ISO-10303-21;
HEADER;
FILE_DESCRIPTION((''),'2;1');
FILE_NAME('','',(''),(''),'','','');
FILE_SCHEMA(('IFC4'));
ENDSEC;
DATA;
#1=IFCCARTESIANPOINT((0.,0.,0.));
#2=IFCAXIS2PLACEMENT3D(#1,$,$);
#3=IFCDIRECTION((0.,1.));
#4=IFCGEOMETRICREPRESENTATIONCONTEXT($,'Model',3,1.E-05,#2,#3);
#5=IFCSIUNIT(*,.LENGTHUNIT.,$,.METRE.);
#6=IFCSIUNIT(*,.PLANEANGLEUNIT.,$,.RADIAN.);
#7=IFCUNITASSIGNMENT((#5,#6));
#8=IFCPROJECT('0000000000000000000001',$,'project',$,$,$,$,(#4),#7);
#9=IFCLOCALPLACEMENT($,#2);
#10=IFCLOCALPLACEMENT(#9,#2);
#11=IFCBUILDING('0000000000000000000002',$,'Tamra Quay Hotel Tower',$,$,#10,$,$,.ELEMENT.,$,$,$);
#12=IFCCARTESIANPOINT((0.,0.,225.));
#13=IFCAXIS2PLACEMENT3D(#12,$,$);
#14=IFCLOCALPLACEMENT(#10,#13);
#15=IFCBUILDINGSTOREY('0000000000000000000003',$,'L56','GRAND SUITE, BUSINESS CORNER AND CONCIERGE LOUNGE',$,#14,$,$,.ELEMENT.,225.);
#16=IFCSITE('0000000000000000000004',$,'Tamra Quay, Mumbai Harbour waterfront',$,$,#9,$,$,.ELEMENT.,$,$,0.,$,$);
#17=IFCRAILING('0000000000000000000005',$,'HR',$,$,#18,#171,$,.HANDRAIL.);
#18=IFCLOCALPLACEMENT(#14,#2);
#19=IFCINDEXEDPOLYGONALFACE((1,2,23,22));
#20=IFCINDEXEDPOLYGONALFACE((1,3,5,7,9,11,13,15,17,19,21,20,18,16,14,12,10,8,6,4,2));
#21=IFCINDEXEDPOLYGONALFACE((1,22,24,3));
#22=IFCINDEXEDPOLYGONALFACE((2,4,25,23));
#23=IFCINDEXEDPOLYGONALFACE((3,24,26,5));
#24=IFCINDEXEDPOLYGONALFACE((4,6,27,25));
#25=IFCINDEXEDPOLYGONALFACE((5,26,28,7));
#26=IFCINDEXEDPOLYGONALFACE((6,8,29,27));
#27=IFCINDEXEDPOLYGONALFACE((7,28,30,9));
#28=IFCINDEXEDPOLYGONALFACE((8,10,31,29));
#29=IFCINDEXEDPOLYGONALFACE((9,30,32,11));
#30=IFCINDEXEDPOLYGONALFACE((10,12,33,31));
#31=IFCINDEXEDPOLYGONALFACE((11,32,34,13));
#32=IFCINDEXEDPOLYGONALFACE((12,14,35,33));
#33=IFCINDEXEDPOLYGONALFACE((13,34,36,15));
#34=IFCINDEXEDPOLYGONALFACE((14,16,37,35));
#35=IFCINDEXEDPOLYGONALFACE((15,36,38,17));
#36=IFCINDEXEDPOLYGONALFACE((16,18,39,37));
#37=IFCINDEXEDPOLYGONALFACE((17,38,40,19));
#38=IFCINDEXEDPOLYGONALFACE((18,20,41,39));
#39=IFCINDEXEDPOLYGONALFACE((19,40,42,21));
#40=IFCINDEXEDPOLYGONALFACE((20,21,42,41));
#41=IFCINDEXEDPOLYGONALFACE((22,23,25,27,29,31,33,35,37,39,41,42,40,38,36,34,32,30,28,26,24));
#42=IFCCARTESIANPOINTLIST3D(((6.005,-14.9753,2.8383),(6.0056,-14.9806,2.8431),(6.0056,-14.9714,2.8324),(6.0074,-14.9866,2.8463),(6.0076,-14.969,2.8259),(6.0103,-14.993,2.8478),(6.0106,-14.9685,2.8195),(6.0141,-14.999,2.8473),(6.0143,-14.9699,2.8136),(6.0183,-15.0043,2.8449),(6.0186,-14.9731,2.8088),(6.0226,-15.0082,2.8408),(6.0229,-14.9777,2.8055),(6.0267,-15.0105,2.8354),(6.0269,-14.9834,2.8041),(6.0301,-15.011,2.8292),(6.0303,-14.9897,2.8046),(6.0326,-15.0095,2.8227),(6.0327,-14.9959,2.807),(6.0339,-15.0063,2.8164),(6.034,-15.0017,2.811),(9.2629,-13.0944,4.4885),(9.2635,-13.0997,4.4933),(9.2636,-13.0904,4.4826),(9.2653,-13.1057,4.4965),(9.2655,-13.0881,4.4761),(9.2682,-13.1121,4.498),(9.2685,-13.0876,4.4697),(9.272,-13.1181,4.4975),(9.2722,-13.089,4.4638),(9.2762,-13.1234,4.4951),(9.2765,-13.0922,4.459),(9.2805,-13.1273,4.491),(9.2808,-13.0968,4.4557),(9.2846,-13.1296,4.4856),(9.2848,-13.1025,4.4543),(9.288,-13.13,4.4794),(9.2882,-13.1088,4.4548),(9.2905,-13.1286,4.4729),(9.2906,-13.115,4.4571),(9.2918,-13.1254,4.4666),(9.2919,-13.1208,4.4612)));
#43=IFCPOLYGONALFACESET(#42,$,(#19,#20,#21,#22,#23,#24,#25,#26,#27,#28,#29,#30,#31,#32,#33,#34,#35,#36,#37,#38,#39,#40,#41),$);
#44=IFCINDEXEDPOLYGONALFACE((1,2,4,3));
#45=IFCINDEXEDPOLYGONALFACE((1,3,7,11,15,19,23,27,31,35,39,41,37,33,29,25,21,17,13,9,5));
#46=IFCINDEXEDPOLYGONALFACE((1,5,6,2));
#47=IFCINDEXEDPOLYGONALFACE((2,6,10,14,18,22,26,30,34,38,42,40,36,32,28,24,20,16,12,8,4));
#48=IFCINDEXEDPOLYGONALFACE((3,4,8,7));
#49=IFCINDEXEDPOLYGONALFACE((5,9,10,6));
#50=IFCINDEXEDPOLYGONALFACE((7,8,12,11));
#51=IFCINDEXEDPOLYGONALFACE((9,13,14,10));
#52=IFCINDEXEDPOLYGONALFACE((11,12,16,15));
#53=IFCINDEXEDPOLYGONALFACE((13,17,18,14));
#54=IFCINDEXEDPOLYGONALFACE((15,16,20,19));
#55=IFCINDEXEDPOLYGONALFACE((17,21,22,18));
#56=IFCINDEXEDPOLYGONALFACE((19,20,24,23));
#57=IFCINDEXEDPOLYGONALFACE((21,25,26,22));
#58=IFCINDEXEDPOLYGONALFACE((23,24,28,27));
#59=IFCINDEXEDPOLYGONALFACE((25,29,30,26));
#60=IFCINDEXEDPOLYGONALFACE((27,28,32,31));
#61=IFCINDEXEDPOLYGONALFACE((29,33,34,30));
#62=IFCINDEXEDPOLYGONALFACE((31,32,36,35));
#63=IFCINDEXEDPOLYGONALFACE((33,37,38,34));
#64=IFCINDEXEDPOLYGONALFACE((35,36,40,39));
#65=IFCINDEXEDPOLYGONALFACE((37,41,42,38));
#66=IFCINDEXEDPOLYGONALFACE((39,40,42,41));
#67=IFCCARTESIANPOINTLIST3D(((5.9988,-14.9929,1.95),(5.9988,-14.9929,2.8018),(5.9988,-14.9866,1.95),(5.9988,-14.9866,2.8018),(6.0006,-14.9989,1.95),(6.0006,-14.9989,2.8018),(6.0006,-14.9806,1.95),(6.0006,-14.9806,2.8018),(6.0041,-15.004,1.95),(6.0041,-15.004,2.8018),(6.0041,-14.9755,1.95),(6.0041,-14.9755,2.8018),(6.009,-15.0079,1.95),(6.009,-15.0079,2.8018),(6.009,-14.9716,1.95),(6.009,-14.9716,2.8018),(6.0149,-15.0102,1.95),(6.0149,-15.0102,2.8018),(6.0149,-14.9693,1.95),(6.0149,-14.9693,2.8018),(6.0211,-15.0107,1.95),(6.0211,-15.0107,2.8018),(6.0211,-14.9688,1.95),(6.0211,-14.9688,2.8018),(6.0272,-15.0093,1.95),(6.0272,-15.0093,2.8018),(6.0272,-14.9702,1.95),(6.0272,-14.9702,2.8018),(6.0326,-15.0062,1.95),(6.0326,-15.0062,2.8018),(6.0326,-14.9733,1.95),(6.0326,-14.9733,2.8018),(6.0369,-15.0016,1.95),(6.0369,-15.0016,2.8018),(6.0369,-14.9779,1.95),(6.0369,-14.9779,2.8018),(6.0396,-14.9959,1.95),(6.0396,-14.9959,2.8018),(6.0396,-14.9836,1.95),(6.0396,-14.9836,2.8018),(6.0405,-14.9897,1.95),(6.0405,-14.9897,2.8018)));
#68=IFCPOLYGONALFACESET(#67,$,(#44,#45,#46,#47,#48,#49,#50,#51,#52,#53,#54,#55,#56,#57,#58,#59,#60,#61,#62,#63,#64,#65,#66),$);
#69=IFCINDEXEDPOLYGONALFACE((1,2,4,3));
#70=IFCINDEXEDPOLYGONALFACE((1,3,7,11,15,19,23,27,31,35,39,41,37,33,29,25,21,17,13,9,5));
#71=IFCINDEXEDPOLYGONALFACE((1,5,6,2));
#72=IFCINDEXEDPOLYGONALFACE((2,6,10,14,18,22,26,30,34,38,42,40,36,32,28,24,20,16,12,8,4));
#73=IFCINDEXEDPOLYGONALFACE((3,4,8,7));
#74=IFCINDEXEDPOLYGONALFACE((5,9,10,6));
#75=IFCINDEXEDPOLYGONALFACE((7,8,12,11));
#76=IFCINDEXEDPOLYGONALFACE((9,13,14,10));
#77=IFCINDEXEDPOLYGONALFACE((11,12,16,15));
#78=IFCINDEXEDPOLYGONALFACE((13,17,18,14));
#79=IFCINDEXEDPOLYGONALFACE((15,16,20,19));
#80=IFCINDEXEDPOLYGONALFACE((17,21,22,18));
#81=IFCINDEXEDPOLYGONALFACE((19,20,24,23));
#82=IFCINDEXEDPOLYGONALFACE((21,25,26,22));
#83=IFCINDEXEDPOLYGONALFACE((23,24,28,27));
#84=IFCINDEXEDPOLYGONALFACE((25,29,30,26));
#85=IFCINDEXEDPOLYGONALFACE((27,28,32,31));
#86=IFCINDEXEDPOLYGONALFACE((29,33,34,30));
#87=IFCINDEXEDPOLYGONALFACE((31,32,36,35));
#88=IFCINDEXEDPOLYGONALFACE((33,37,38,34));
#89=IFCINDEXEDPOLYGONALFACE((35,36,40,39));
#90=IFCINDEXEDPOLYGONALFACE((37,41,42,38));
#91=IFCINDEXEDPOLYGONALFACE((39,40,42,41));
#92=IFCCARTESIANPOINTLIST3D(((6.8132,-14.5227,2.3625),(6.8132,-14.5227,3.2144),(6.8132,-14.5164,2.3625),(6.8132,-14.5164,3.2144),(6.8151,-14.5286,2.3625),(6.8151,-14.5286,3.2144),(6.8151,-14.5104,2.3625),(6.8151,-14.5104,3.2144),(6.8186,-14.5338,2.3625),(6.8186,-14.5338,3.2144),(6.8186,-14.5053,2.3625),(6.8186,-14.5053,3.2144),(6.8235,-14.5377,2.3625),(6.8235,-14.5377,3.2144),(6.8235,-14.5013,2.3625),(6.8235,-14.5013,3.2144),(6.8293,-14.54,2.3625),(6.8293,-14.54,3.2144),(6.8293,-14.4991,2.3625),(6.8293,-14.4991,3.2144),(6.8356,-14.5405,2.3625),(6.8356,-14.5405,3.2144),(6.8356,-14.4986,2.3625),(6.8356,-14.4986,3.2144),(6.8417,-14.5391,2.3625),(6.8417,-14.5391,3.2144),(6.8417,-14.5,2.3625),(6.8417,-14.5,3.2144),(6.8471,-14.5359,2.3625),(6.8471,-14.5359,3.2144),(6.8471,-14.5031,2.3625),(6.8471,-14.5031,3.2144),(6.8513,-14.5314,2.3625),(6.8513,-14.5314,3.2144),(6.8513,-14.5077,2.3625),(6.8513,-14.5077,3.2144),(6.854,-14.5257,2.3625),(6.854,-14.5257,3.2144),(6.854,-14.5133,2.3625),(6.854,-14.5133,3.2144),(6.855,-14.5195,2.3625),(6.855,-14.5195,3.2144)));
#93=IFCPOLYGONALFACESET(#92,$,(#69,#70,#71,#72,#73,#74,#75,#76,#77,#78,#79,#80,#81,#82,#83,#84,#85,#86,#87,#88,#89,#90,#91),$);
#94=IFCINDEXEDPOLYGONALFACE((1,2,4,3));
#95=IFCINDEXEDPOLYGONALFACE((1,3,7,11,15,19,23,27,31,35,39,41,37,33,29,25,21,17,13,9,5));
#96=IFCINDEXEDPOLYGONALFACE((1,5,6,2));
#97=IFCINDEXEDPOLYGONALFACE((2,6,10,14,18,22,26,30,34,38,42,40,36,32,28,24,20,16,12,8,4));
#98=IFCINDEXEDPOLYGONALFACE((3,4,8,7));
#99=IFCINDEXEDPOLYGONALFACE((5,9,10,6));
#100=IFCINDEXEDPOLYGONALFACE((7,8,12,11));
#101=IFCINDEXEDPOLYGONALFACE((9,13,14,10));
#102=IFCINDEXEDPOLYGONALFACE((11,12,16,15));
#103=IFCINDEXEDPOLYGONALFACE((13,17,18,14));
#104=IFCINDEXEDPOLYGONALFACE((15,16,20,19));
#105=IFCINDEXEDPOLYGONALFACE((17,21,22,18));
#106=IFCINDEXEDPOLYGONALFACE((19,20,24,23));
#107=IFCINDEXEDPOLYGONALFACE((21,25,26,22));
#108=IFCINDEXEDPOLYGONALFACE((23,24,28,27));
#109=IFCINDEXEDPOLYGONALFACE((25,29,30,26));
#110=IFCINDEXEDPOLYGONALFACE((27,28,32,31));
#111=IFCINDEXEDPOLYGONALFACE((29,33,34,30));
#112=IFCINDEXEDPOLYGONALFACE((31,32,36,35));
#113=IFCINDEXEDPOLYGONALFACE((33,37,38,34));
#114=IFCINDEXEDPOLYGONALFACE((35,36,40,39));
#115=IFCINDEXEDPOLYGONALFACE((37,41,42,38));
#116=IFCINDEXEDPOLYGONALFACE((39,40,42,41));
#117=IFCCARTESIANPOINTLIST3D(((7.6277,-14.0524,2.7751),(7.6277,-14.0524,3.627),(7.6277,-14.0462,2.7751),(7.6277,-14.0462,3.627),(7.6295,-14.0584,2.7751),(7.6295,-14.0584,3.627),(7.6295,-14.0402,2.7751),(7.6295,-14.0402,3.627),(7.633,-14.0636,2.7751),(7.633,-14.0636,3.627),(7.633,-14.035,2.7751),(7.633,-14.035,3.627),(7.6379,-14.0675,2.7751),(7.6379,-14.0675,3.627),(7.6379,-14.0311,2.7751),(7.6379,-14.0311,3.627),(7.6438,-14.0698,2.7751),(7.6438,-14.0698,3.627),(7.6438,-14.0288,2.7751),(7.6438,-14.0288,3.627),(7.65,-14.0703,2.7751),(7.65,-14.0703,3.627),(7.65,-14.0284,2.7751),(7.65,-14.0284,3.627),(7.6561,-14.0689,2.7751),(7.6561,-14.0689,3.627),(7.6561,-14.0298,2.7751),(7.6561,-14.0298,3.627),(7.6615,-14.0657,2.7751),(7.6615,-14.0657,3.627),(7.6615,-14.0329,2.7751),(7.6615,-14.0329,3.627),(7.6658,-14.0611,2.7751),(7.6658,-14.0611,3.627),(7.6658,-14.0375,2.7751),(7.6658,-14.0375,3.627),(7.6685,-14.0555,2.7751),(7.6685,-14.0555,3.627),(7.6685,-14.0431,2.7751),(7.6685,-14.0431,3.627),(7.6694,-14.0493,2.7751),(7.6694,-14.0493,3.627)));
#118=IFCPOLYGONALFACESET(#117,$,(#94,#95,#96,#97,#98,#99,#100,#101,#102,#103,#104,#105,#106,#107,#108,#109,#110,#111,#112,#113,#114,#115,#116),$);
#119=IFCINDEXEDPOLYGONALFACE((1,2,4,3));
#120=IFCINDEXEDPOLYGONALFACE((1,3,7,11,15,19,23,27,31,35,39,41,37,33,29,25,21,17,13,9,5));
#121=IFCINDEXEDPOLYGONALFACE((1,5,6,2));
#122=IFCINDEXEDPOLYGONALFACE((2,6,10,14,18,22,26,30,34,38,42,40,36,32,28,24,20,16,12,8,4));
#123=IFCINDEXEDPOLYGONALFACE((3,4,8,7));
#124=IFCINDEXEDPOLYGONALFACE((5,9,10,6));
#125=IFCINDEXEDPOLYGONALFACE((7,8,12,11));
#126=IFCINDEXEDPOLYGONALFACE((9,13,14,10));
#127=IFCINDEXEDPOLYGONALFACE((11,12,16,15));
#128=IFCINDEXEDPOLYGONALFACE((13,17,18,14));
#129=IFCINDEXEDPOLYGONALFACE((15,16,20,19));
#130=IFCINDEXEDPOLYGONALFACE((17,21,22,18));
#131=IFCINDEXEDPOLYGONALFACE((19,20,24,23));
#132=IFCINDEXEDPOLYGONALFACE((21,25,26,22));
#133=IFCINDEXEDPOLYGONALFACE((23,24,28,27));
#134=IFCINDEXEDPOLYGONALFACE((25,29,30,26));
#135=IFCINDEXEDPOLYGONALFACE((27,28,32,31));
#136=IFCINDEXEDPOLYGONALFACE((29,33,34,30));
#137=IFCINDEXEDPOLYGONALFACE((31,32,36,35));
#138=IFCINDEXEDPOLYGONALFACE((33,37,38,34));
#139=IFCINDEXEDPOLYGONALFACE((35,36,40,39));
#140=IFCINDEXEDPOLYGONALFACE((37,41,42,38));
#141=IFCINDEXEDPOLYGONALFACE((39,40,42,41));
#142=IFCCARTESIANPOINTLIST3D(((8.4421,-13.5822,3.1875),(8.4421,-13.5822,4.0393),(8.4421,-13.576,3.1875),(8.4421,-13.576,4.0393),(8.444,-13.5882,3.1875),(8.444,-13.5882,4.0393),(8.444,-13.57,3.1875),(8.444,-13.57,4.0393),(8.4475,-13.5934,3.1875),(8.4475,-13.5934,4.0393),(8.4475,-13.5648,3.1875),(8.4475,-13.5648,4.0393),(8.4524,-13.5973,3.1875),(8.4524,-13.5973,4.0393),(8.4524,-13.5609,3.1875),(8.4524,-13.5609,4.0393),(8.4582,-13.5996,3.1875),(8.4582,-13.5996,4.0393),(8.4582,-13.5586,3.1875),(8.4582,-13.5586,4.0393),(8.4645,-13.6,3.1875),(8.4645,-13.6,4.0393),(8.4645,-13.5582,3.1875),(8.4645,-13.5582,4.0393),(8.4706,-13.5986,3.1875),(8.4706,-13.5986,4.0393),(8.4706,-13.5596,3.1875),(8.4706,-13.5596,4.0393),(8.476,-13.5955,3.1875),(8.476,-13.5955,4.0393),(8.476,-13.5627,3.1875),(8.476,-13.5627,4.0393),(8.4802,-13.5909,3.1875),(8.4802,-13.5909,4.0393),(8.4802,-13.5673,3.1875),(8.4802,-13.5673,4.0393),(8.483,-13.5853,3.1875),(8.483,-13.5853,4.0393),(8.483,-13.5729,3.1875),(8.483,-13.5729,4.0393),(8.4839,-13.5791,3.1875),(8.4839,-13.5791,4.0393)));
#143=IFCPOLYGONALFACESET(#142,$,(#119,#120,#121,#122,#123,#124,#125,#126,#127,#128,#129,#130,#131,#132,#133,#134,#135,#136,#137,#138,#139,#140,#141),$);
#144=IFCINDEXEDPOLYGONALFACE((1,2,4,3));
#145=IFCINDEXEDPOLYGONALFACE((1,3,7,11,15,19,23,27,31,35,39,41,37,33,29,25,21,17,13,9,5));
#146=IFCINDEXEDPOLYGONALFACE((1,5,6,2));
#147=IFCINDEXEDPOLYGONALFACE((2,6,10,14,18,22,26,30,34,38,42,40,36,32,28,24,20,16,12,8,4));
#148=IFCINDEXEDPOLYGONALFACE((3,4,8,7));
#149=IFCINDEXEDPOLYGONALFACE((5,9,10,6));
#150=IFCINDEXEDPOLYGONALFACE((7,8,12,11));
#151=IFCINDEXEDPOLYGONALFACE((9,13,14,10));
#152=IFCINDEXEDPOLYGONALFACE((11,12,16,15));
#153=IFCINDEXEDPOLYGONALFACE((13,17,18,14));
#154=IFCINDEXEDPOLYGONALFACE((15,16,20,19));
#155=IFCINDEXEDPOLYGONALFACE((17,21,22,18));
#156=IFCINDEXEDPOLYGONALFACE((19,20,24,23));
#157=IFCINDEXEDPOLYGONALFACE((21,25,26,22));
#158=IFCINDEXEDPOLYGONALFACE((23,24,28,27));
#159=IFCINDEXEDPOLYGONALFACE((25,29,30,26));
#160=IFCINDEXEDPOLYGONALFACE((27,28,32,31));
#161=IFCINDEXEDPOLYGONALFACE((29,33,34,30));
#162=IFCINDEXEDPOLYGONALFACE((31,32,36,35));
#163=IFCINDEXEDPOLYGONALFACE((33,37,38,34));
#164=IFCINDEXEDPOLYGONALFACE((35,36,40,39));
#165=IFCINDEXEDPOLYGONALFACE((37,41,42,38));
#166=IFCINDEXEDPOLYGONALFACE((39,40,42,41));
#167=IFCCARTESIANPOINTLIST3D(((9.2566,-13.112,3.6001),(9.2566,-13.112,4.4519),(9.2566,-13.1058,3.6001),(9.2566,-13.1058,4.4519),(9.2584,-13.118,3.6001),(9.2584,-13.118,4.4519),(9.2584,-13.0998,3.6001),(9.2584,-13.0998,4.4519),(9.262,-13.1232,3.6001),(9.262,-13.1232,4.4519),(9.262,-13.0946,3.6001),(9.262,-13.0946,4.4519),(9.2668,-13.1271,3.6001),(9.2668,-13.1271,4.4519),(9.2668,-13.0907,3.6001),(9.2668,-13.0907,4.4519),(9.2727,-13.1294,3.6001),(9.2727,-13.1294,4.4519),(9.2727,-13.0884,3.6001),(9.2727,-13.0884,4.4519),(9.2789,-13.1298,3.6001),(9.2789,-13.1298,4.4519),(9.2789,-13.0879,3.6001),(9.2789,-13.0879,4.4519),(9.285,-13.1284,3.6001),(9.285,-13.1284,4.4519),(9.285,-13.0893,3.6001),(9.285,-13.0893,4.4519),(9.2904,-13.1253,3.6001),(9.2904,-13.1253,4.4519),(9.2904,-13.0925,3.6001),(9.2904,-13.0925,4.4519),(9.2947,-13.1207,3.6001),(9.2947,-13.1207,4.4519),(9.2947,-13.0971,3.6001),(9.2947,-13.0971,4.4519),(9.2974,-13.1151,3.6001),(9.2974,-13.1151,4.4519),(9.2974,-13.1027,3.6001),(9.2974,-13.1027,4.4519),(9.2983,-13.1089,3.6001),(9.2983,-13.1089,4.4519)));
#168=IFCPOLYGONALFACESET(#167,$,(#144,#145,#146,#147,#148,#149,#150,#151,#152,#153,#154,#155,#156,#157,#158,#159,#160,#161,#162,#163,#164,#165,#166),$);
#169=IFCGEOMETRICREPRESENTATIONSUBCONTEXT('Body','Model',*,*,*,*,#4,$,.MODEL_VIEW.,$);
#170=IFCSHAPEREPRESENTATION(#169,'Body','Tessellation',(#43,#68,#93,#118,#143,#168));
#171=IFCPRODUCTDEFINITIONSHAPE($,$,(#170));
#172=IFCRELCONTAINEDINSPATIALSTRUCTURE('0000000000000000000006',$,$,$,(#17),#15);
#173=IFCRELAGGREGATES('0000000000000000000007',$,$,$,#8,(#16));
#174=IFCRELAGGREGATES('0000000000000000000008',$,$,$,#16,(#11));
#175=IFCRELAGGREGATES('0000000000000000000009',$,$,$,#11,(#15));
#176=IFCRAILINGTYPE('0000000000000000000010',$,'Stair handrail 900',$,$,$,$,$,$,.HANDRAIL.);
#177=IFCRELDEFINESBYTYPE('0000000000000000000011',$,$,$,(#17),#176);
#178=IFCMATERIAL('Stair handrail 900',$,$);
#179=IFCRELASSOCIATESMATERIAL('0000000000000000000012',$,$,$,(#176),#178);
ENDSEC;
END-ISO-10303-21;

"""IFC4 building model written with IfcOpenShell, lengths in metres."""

from ifc_helpers import new_model, si_unit, direction, frame, origin, origin_2d, place, context, subcontext, project, spatial, circle, extrude, material, type_object, element, save


model = new_model("IFC4")

# Units and contexts
model_context = context("Model", 3, precision=1e-05, world=origin(), true_north=direction((0.0, 1.0)))
body_context = subcontext(model_context, "Body", "Model", "MODEL_VIEW")
ifc_project = project(units=[si_unit("LENGTHUNIT", "METRE"), si_unit("PLANEANGLEUNIT", "RADIAN")], contexts=[model_context])

# Site, building, storey
site_placement = place(None, origin())
site = spatial("IfcSite", under=ifc_project, at=site_placement, Name="Tamra Quay, Mumbai Harbour waterfront", CompositionType="ELEMENT", RefElevation=0.0)
building_placement = place(site_placement, origin())
building = spatial("IfcBuilding", under=site, at=building_placement, Name="Tamra Quay Hotel Tower", CompositionType="ELEMENT")
storey_placement = place(building_placement, frame((0.0, 0.0, 225.0)))
storey = spatial("IfcBuildingStorey", under=building, at=storey_placement, Name="L56", Description="GRAND SUITE, BUSINESS CORNER AND CONCIERGE LOUNGE", CompositionType="ELEMENT", Elevation=225.0)

# Railing
ifc_material_1 = material(Name="Stair handrail 900")
railing_type_1 = type_object("IfcRailingType", Name="Stair handrail 900", PredefinedType="HANDRAIL", material=ifc_material_1)
railing_1_placement = place(storey_placement, frame((6.0195, -14.9897, 1.95)))
element("IfcRailing", 1, at=railing_1_placement, inside=storey, type_object=railing_type_1, Name="HR", PredefinedType="HANDRAIL", context=body_context, shape_type="SweptSolid", body=[
    extrude(circle(Radius=0.0239, at=origin_2d()), frame((0.0, 0.0, 0.876), z_axis=(0.793081, 0.457876, 0.401711), x_axis=(-0.499992, 0.86603, 0.0)), (0.0, 0.0, 1.0), 4.1079),
    extrude(circle(Radius=0.021, at=origin_2d()), origin(), (0.0, 0.0, 1.0), 0.8518),
    extrude(circle(Radius=0.021, at=origin_2d()), frame((0.8145, 0.4702, 0.4126)), (0.0, 0.0, 1.0), 0.8518),
    extrude(circle(Radius=0.021, at=origin_2d()), frame((1.6289, 0.9404, 0.8252)), (0.0, 0.0, 1.0), 0.8518),
    extrude(circle(Radius=0.021, at=origin_2d()), frame((2.4434, 1.4106, 1.2375)), (0.0, 0.0, 1.0), 0.8518),
    extrude(circle(Radius=0.021, at=origin_2d()), frame((3.2578, 1.8809, 1.6501)), (0.0, 0.0, 1.0), 0.8518),
])

save(model, "model.ifc")
